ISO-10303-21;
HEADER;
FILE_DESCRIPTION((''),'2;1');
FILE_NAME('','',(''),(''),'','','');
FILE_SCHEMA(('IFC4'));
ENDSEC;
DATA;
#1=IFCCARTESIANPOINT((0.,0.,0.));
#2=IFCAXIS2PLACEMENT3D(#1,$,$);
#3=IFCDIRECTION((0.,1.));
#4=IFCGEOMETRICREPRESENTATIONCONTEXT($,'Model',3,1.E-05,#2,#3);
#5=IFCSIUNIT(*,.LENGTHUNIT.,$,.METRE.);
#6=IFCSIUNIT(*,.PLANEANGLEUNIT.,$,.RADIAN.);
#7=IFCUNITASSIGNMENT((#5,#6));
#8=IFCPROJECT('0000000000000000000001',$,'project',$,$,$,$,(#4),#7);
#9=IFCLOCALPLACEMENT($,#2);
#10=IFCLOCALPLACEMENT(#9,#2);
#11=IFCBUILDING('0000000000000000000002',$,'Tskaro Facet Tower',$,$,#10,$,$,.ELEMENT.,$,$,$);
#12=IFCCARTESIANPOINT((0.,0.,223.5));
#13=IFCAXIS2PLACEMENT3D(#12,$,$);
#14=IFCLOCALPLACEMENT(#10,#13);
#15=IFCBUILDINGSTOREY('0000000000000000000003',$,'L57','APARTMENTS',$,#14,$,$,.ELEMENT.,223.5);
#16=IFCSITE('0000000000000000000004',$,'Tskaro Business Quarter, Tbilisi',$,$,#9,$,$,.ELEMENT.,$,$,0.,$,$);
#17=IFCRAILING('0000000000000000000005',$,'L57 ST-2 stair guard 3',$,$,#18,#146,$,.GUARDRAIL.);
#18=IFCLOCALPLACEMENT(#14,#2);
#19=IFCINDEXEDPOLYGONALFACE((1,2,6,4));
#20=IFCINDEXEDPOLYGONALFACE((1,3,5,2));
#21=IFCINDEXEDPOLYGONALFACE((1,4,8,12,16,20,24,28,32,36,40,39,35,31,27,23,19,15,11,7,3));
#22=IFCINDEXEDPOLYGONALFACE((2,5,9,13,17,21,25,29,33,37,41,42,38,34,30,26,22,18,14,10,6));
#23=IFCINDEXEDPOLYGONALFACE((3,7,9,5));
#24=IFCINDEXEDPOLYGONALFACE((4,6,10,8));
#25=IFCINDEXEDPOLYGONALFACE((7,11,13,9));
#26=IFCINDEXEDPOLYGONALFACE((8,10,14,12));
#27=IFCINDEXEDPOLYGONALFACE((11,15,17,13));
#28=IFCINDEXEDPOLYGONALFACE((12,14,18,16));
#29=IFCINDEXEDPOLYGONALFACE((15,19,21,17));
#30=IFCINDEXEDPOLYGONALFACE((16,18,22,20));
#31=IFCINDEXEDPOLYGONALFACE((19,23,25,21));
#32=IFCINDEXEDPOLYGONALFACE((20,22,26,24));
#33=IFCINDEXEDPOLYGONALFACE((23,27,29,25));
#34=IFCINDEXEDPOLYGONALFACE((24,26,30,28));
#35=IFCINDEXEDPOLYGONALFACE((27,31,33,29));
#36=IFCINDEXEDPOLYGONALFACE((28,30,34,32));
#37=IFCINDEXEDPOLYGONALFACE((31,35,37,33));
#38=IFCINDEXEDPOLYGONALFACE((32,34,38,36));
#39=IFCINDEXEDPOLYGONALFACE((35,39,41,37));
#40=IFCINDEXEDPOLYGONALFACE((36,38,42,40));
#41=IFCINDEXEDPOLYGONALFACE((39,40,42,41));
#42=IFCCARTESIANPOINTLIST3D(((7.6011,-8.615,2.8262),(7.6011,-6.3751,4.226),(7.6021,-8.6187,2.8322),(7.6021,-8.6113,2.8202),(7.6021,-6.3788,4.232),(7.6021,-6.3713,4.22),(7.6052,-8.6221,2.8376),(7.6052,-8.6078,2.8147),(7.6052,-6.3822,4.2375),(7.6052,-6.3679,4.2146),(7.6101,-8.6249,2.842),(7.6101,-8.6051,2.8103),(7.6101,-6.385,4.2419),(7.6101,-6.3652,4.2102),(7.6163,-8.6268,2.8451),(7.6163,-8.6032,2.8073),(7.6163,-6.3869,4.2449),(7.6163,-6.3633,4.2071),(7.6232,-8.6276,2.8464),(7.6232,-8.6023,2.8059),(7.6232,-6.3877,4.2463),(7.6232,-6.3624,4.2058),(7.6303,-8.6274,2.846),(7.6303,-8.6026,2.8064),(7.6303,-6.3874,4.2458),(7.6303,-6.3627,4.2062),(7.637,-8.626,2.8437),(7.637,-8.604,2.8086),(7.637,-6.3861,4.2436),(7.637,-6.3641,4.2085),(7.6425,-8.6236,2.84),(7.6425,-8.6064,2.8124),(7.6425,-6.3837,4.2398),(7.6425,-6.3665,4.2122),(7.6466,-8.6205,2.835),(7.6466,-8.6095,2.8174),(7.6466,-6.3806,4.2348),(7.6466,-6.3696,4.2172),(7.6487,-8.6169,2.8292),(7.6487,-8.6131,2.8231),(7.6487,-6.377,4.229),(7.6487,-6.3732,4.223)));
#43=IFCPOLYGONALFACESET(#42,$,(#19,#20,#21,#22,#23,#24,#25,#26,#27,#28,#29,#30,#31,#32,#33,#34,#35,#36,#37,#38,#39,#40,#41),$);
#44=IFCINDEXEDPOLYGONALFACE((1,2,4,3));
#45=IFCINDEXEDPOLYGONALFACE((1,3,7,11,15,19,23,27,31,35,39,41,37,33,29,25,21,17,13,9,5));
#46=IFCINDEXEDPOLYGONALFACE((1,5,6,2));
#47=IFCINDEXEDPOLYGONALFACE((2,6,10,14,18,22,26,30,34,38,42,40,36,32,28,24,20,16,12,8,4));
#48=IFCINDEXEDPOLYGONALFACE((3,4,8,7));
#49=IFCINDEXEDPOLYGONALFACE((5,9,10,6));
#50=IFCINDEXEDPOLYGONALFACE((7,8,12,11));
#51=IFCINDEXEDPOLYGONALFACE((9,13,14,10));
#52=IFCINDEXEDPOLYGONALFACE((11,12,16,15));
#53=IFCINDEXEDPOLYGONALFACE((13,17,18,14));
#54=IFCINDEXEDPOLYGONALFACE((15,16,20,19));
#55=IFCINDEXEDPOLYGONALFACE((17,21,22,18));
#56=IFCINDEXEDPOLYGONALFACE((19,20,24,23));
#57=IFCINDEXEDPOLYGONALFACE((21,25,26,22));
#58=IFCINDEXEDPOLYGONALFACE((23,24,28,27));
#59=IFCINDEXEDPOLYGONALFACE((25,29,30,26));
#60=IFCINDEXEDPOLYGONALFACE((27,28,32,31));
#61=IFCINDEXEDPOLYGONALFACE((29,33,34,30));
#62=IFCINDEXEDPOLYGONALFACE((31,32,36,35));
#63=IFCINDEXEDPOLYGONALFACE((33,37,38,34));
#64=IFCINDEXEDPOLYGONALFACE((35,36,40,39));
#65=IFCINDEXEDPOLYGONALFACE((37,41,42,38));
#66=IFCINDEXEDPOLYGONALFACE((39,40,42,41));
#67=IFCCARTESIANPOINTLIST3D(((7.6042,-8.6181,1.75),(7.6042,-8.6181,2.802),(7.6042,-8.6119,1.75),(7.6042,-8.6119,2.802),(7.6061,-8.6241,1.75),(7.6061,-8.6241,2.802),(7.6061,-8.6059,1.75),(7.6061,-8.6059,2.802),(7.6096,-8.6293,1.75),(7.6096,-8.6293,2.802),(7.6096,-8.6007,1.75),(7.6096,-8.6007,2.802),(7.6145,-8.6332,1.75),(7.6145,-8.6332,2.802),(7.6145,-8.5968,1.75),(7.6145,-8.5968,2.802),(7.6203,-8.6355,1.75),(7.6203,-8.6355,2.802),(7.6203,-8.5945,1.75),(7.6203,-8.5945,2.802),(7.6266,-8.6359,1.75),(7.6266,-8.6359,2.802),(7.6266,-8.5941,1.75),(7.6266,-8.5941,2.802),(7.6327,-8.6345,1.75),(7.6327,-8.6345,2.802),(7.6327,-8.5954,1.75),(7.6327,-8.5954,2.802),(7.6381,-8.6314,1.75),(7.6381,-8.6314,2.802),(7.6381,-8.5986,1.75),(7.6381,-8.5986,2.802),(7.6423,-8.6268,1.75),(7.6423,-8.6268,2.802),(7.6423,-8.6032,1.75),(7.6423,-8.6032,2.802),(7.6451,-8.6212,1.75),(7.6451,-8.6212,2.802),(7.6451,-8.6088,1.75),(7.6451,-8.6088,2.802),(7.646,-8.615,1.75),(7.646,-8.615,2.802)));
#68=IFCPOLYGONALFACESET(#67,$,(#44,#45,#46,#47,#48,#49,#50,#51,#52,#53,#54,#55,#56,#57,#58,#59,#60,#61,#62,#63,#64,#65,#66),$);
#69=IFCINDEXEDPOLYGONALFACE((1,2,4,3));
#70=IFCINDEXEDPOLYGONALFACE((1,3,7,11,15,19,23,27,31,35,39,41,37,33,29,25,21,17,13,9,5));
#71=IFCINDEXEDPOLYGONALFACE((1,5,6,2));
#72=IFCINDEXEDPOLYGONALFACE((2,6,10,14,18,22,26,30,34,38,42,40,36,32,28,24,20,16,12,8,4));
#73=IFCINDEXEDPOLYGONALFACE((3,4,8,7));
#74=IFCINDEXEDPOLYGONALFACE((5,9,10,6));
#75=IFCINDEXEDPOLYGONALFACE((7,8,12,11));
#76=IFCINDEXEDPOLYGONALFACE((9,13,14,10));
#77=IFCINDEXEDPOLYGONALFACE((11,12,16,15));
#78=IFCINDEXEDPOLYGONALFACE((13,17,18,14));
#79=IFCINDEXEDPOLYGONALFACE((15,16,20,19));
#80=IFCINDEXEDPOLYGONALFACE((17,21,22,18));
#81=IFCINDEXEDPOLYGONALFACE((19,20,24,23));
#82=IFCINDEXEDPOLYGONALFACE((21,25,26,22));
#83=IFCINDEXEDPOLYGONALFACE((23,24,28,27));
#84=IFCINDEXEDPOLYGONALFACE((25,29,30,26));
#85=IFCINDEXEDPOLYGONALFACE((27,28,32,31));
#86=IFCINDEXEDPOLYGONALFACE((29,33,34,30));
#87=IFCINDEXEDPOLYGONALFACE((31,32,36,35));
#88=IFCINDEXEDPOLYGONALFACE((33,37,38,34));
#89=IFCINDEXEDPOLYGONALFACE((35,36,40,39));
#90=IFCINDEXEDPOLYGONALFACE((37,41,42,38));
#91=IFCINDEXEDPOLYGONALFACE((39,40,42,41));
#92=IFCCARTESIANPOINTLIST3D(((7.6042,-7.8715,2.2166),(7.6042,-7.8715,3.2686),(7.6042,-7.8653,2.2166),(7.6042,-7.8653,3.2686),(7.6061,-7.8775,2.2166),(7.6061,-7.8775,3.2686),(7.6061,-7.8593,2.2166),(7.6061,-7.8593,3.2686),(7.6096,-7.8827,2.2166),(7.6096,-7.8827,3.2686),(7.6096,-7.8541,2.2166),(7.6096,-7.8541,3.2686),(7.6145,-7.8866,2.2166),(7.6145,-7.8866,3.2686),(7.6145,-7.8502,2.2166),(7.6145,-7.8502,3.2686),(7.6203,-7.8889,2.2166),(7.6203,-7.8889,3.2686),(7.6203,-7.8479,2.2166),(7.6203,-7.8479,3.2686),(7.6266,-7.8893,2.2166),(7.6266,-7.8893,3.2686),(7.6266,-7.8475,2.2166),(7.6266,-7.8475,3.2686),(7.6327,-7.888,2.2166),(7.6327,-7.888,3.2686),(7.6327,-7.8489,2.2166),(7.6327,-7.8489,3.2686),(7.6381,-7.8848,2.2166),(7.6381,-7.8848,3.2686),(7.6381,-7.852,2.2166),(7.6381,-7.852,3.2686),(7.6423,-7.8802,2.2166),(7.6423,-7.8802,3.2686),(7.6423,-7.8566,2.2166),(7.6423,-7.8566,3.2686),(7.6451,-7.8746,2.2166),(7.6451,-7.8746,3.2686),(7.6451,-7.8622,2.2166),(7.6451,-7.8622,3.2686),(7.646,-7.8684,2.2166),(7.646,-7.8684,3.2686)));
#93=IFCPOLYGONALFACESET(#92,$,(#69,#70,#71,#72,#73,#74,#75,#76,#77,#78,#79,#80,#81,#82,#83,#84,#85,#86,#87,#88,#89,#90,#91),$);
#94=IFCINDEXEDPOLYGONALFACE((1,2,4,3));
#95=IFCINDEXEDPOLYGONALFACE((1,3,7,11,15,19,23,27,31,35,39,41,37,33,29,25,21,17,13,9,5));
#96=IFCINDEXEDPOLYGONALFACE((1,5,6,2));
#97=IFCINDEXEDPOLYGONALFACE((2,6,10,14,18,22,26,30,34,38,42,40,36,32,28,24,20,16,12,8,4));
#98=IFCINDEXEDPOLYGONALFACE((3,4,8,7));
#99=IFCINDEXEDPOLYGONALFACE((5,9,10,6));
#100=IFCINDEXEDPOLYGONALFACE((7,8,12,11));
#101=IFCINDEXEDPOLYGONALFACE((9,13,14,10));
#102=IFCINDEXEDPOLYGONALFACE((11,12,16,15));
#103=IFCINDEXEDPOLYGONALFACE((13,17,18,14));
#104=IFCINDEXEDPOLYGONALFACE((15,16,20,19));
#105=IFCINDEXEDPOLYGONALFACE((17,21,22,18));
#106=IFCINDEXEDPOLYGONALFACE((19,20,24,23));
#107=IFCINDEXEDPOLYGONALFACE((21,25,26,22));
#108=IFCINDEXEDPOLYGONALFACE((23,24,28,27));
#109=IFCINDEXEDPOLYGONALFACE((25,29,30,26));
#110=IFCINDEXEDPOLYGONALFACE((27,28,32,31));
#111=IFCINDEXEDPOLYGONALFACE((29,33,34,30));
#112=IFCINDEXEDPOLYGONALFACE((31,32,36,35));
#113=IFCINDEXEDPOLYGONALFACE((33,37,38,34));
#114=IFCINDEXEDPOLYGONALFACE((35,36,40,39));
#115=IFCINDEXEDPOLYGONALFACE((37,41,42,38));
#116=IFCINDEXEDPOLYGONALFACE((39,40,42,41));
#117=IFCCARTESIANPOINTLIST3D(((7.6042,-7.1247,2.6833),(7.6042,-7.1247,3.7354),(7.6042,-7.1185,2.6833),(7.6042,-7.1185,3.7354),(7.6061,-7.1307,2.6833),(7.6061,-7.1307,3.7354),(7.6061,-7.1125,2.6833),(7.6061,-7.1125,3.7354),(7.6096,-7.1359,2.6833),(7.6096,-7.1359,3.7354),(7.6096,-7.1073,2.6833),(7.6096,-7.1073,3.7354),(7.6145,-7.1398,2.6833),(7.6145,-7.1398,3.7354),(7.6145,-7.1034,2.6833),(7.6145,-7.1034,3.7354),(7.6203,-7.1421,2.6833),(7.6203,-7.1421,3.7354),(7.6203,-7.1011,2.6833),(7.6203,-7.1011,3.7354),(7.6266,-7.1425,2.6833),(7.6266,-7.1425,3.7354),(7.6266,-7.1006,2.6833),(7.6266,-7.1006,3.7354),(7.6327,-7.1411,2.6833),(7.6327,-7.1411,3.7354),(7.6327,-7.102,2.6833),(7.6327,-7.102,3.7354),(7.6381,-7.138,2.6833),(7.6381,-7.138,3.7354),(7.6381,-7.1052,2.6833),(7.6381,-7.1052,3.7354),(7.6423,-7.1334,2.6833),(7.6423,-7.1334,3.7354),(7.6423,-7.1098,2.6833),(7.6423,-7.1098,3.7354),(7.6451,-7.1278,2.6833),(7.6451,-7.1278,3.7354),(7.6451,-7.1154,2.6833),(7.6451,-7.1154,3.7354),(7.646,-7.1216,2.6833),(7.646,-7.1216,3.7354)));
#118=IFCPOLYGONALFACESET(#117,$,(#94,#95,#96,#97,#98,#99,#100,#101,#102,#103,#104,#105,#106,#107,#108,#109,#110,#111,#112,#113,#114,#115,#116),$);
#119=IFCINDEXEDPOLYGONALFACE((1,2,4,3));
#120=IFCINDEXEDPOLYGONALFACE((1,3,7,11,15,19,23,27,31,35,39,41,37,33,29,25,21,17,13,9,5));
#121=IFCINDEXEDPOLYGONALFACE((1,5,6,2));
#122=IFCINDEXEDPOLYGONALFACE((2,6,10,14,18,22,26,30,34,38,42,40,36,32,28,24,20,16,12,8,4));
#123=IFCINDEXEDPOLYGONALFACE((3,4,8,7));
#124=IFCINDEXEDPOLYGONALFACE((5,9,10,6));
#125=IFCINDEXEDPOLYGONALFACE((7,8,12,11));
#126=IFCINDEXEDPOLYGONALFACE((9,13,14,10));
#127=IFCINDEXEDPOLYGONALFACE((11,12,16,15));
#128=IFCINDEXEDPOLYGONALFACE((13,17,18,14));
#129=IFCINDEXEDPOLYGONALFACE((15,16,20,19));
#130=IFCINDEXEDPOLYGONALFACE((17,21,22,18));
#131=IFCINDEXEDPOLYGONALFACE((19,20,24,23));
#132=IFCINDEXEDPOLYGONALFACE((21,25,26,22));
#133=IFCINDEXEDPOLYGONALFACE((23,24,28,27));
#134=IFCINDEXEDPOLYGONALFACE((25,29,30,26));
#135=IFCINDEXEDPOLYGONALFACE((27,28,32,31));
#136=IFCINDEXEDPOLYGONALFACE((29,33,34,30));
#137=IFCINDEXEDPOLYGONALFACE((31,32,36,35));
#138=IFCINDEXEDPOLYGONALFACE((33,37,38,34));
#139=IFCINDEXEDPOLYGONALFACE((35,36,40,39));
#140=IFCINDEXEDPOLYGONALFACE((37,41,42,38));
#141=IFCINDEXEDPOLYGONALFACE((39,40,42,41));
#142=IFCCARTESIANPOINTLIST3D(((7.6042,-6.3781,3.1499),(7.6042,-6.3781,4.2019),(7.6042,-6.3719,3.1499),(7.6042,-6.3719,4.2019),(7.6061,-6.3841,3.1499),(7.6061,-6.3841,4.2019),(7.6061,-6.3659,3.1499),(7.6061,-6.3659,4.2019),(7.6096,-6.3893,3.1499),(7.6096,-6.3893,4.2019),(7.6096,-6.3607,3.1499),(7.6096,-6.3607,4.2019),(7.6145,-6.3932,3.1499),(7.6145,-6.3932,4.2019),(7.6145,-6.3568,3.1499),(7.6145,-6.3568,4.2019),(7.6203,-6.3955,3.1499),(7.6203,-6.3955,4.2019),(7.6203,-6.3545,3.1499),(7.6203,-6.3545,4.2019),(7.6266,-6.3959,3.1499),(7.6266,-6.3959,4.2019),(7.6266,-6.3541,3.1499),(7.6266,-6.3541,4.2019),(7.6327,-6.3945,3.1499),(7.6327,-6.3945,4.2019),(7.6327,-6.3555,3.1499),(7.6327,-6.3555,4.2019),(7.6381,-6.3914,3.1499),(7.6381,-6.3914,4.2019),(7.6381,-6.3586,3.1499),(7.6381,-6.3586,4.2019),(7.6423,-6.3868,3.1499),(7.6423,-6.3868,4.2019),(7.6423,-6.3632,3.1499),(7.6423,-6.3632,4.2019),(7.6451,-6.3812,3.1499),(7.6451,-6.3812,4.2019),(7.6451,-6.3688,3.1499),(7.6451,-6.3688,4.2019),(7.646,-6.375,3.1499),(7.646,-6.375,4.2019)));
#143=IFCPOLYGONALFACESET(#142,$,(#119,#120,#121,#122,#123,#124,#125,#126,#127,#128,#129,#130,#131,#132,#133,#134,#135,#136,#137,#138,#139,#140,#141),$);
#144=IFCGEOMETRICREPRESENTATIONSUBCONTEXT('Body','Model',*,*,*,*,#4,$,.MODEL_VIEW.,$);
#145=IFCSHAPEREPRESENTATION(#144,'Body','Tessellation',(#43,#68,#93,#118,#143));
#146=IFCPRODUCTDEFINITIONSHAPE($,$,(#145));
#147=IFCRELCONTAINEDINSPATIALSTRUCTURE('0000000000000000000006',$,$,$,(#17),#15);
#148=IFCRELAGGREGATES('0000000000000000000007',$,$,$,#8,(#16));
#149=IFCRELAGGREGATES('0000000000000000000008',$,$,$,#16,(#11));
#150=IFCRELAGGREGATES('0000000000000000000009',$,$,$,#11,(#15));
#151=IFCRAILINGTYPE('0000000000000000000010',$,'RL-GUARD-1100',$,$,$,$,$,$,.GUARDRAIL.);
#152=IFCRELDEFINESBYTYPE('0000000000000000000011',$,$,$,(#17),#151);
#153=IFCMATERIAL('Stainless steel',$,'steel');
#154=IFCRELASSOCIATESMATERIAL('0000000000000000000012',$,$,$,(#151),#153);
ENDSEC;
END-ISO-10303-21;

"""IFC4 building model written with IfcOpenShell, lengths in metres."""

from ifc_helpers import new_model, si_unit, direction, frame, origin, origin_2d, place, context, subcontext, project, spatial, circle, extrude, material, type_object, element, save


model = new_model("IFC4")

# Units and contexts
model_context = context("Model", 3, precision=1e-05, world=origin(), true_north=direction((0.0, 1.0)))
body_context = subcontext(model_context, "Body", "Model", "MODEL_VIEW")
ifc_project = project(units=[si_unit("LENGTHUNIT", "METRE"), si_unit("PLANEANGLEUNIT", "RADIAN")], contexts=[model_context])

# Site, building, storey
site_placement = place(None, origin())
site = spatial("IfcSite", under=ifc_project, at=site_placement, Name="Tskaro Business Quarter, Tbilisi", CompositionType="ELEMENT", RefElevation=0.0)
building_placement = place(site_placement, origin())
building = spatial("IfcBuilding", under=site, at=building_placement, Name="Tskaro Facet Tower", CompositionType="ELEMENT")
storey_placement = place(building_placement, frame((0.0, 0.0, 223.5)))
storey = spatial("IfcBuildingStorey", under=building, at=storey_placement, Name="L57", Description="APARTMENTS", CompositionType="ELEMENT", Elevation=223.5)

# Railing
ifc_material_1 = material(Name="Stainless steel", Category="steel")
railing_type_1 = type_object("IfcRailingType", Name="RL-GUARD-1100", PredefinedType="GUARDRAIL", material=ifc_material_1)
railing_1_placement = place(storey_placement, frame((7.625, -8.615, 1.75)))
element("IfcRailing", 1, at=railing_1_placement, inside=storey, type_object=railing_type_1, Name="L57 ST-2 stair guard 3", PredefinedType="GUARDRAIL", context=body_context, shape_type="SweptSolid", body=[
    extrude(circle(Radius=0.0239, at=origin_2d()), frame((0.0, 0.0, 1.0762), z_axis=(0.0, 0.848014, 0.529974), x_axis=(-1.0, 0.0, 0.0)), (0.0, 0.0, 1.0), 2.6414),
    extrude(circle(Radius=0.021, at=origin_2d()), origin(), (0.0, 0.0, 1.0), 1.052),
    extrude(circle(Radius=0.021, at=origin_2d()), frame((0.0, 0.7466, 0.4666)), (0.0, 0.0, 1.0), 1.052),
    extrude(circle(Radius=0.021, at=origin_2d()), frame((0.0, 1.4934, 0.9333)), (0.0, 0.0, 1.0), 1.052),
    extrude(circle(Radius=0.021, at=origin_2d()), frame((0.0, 2.24, 1.3999)), (0.0, 0.0, 1.0), 1.052),
])

save(model, "model.ifc")
